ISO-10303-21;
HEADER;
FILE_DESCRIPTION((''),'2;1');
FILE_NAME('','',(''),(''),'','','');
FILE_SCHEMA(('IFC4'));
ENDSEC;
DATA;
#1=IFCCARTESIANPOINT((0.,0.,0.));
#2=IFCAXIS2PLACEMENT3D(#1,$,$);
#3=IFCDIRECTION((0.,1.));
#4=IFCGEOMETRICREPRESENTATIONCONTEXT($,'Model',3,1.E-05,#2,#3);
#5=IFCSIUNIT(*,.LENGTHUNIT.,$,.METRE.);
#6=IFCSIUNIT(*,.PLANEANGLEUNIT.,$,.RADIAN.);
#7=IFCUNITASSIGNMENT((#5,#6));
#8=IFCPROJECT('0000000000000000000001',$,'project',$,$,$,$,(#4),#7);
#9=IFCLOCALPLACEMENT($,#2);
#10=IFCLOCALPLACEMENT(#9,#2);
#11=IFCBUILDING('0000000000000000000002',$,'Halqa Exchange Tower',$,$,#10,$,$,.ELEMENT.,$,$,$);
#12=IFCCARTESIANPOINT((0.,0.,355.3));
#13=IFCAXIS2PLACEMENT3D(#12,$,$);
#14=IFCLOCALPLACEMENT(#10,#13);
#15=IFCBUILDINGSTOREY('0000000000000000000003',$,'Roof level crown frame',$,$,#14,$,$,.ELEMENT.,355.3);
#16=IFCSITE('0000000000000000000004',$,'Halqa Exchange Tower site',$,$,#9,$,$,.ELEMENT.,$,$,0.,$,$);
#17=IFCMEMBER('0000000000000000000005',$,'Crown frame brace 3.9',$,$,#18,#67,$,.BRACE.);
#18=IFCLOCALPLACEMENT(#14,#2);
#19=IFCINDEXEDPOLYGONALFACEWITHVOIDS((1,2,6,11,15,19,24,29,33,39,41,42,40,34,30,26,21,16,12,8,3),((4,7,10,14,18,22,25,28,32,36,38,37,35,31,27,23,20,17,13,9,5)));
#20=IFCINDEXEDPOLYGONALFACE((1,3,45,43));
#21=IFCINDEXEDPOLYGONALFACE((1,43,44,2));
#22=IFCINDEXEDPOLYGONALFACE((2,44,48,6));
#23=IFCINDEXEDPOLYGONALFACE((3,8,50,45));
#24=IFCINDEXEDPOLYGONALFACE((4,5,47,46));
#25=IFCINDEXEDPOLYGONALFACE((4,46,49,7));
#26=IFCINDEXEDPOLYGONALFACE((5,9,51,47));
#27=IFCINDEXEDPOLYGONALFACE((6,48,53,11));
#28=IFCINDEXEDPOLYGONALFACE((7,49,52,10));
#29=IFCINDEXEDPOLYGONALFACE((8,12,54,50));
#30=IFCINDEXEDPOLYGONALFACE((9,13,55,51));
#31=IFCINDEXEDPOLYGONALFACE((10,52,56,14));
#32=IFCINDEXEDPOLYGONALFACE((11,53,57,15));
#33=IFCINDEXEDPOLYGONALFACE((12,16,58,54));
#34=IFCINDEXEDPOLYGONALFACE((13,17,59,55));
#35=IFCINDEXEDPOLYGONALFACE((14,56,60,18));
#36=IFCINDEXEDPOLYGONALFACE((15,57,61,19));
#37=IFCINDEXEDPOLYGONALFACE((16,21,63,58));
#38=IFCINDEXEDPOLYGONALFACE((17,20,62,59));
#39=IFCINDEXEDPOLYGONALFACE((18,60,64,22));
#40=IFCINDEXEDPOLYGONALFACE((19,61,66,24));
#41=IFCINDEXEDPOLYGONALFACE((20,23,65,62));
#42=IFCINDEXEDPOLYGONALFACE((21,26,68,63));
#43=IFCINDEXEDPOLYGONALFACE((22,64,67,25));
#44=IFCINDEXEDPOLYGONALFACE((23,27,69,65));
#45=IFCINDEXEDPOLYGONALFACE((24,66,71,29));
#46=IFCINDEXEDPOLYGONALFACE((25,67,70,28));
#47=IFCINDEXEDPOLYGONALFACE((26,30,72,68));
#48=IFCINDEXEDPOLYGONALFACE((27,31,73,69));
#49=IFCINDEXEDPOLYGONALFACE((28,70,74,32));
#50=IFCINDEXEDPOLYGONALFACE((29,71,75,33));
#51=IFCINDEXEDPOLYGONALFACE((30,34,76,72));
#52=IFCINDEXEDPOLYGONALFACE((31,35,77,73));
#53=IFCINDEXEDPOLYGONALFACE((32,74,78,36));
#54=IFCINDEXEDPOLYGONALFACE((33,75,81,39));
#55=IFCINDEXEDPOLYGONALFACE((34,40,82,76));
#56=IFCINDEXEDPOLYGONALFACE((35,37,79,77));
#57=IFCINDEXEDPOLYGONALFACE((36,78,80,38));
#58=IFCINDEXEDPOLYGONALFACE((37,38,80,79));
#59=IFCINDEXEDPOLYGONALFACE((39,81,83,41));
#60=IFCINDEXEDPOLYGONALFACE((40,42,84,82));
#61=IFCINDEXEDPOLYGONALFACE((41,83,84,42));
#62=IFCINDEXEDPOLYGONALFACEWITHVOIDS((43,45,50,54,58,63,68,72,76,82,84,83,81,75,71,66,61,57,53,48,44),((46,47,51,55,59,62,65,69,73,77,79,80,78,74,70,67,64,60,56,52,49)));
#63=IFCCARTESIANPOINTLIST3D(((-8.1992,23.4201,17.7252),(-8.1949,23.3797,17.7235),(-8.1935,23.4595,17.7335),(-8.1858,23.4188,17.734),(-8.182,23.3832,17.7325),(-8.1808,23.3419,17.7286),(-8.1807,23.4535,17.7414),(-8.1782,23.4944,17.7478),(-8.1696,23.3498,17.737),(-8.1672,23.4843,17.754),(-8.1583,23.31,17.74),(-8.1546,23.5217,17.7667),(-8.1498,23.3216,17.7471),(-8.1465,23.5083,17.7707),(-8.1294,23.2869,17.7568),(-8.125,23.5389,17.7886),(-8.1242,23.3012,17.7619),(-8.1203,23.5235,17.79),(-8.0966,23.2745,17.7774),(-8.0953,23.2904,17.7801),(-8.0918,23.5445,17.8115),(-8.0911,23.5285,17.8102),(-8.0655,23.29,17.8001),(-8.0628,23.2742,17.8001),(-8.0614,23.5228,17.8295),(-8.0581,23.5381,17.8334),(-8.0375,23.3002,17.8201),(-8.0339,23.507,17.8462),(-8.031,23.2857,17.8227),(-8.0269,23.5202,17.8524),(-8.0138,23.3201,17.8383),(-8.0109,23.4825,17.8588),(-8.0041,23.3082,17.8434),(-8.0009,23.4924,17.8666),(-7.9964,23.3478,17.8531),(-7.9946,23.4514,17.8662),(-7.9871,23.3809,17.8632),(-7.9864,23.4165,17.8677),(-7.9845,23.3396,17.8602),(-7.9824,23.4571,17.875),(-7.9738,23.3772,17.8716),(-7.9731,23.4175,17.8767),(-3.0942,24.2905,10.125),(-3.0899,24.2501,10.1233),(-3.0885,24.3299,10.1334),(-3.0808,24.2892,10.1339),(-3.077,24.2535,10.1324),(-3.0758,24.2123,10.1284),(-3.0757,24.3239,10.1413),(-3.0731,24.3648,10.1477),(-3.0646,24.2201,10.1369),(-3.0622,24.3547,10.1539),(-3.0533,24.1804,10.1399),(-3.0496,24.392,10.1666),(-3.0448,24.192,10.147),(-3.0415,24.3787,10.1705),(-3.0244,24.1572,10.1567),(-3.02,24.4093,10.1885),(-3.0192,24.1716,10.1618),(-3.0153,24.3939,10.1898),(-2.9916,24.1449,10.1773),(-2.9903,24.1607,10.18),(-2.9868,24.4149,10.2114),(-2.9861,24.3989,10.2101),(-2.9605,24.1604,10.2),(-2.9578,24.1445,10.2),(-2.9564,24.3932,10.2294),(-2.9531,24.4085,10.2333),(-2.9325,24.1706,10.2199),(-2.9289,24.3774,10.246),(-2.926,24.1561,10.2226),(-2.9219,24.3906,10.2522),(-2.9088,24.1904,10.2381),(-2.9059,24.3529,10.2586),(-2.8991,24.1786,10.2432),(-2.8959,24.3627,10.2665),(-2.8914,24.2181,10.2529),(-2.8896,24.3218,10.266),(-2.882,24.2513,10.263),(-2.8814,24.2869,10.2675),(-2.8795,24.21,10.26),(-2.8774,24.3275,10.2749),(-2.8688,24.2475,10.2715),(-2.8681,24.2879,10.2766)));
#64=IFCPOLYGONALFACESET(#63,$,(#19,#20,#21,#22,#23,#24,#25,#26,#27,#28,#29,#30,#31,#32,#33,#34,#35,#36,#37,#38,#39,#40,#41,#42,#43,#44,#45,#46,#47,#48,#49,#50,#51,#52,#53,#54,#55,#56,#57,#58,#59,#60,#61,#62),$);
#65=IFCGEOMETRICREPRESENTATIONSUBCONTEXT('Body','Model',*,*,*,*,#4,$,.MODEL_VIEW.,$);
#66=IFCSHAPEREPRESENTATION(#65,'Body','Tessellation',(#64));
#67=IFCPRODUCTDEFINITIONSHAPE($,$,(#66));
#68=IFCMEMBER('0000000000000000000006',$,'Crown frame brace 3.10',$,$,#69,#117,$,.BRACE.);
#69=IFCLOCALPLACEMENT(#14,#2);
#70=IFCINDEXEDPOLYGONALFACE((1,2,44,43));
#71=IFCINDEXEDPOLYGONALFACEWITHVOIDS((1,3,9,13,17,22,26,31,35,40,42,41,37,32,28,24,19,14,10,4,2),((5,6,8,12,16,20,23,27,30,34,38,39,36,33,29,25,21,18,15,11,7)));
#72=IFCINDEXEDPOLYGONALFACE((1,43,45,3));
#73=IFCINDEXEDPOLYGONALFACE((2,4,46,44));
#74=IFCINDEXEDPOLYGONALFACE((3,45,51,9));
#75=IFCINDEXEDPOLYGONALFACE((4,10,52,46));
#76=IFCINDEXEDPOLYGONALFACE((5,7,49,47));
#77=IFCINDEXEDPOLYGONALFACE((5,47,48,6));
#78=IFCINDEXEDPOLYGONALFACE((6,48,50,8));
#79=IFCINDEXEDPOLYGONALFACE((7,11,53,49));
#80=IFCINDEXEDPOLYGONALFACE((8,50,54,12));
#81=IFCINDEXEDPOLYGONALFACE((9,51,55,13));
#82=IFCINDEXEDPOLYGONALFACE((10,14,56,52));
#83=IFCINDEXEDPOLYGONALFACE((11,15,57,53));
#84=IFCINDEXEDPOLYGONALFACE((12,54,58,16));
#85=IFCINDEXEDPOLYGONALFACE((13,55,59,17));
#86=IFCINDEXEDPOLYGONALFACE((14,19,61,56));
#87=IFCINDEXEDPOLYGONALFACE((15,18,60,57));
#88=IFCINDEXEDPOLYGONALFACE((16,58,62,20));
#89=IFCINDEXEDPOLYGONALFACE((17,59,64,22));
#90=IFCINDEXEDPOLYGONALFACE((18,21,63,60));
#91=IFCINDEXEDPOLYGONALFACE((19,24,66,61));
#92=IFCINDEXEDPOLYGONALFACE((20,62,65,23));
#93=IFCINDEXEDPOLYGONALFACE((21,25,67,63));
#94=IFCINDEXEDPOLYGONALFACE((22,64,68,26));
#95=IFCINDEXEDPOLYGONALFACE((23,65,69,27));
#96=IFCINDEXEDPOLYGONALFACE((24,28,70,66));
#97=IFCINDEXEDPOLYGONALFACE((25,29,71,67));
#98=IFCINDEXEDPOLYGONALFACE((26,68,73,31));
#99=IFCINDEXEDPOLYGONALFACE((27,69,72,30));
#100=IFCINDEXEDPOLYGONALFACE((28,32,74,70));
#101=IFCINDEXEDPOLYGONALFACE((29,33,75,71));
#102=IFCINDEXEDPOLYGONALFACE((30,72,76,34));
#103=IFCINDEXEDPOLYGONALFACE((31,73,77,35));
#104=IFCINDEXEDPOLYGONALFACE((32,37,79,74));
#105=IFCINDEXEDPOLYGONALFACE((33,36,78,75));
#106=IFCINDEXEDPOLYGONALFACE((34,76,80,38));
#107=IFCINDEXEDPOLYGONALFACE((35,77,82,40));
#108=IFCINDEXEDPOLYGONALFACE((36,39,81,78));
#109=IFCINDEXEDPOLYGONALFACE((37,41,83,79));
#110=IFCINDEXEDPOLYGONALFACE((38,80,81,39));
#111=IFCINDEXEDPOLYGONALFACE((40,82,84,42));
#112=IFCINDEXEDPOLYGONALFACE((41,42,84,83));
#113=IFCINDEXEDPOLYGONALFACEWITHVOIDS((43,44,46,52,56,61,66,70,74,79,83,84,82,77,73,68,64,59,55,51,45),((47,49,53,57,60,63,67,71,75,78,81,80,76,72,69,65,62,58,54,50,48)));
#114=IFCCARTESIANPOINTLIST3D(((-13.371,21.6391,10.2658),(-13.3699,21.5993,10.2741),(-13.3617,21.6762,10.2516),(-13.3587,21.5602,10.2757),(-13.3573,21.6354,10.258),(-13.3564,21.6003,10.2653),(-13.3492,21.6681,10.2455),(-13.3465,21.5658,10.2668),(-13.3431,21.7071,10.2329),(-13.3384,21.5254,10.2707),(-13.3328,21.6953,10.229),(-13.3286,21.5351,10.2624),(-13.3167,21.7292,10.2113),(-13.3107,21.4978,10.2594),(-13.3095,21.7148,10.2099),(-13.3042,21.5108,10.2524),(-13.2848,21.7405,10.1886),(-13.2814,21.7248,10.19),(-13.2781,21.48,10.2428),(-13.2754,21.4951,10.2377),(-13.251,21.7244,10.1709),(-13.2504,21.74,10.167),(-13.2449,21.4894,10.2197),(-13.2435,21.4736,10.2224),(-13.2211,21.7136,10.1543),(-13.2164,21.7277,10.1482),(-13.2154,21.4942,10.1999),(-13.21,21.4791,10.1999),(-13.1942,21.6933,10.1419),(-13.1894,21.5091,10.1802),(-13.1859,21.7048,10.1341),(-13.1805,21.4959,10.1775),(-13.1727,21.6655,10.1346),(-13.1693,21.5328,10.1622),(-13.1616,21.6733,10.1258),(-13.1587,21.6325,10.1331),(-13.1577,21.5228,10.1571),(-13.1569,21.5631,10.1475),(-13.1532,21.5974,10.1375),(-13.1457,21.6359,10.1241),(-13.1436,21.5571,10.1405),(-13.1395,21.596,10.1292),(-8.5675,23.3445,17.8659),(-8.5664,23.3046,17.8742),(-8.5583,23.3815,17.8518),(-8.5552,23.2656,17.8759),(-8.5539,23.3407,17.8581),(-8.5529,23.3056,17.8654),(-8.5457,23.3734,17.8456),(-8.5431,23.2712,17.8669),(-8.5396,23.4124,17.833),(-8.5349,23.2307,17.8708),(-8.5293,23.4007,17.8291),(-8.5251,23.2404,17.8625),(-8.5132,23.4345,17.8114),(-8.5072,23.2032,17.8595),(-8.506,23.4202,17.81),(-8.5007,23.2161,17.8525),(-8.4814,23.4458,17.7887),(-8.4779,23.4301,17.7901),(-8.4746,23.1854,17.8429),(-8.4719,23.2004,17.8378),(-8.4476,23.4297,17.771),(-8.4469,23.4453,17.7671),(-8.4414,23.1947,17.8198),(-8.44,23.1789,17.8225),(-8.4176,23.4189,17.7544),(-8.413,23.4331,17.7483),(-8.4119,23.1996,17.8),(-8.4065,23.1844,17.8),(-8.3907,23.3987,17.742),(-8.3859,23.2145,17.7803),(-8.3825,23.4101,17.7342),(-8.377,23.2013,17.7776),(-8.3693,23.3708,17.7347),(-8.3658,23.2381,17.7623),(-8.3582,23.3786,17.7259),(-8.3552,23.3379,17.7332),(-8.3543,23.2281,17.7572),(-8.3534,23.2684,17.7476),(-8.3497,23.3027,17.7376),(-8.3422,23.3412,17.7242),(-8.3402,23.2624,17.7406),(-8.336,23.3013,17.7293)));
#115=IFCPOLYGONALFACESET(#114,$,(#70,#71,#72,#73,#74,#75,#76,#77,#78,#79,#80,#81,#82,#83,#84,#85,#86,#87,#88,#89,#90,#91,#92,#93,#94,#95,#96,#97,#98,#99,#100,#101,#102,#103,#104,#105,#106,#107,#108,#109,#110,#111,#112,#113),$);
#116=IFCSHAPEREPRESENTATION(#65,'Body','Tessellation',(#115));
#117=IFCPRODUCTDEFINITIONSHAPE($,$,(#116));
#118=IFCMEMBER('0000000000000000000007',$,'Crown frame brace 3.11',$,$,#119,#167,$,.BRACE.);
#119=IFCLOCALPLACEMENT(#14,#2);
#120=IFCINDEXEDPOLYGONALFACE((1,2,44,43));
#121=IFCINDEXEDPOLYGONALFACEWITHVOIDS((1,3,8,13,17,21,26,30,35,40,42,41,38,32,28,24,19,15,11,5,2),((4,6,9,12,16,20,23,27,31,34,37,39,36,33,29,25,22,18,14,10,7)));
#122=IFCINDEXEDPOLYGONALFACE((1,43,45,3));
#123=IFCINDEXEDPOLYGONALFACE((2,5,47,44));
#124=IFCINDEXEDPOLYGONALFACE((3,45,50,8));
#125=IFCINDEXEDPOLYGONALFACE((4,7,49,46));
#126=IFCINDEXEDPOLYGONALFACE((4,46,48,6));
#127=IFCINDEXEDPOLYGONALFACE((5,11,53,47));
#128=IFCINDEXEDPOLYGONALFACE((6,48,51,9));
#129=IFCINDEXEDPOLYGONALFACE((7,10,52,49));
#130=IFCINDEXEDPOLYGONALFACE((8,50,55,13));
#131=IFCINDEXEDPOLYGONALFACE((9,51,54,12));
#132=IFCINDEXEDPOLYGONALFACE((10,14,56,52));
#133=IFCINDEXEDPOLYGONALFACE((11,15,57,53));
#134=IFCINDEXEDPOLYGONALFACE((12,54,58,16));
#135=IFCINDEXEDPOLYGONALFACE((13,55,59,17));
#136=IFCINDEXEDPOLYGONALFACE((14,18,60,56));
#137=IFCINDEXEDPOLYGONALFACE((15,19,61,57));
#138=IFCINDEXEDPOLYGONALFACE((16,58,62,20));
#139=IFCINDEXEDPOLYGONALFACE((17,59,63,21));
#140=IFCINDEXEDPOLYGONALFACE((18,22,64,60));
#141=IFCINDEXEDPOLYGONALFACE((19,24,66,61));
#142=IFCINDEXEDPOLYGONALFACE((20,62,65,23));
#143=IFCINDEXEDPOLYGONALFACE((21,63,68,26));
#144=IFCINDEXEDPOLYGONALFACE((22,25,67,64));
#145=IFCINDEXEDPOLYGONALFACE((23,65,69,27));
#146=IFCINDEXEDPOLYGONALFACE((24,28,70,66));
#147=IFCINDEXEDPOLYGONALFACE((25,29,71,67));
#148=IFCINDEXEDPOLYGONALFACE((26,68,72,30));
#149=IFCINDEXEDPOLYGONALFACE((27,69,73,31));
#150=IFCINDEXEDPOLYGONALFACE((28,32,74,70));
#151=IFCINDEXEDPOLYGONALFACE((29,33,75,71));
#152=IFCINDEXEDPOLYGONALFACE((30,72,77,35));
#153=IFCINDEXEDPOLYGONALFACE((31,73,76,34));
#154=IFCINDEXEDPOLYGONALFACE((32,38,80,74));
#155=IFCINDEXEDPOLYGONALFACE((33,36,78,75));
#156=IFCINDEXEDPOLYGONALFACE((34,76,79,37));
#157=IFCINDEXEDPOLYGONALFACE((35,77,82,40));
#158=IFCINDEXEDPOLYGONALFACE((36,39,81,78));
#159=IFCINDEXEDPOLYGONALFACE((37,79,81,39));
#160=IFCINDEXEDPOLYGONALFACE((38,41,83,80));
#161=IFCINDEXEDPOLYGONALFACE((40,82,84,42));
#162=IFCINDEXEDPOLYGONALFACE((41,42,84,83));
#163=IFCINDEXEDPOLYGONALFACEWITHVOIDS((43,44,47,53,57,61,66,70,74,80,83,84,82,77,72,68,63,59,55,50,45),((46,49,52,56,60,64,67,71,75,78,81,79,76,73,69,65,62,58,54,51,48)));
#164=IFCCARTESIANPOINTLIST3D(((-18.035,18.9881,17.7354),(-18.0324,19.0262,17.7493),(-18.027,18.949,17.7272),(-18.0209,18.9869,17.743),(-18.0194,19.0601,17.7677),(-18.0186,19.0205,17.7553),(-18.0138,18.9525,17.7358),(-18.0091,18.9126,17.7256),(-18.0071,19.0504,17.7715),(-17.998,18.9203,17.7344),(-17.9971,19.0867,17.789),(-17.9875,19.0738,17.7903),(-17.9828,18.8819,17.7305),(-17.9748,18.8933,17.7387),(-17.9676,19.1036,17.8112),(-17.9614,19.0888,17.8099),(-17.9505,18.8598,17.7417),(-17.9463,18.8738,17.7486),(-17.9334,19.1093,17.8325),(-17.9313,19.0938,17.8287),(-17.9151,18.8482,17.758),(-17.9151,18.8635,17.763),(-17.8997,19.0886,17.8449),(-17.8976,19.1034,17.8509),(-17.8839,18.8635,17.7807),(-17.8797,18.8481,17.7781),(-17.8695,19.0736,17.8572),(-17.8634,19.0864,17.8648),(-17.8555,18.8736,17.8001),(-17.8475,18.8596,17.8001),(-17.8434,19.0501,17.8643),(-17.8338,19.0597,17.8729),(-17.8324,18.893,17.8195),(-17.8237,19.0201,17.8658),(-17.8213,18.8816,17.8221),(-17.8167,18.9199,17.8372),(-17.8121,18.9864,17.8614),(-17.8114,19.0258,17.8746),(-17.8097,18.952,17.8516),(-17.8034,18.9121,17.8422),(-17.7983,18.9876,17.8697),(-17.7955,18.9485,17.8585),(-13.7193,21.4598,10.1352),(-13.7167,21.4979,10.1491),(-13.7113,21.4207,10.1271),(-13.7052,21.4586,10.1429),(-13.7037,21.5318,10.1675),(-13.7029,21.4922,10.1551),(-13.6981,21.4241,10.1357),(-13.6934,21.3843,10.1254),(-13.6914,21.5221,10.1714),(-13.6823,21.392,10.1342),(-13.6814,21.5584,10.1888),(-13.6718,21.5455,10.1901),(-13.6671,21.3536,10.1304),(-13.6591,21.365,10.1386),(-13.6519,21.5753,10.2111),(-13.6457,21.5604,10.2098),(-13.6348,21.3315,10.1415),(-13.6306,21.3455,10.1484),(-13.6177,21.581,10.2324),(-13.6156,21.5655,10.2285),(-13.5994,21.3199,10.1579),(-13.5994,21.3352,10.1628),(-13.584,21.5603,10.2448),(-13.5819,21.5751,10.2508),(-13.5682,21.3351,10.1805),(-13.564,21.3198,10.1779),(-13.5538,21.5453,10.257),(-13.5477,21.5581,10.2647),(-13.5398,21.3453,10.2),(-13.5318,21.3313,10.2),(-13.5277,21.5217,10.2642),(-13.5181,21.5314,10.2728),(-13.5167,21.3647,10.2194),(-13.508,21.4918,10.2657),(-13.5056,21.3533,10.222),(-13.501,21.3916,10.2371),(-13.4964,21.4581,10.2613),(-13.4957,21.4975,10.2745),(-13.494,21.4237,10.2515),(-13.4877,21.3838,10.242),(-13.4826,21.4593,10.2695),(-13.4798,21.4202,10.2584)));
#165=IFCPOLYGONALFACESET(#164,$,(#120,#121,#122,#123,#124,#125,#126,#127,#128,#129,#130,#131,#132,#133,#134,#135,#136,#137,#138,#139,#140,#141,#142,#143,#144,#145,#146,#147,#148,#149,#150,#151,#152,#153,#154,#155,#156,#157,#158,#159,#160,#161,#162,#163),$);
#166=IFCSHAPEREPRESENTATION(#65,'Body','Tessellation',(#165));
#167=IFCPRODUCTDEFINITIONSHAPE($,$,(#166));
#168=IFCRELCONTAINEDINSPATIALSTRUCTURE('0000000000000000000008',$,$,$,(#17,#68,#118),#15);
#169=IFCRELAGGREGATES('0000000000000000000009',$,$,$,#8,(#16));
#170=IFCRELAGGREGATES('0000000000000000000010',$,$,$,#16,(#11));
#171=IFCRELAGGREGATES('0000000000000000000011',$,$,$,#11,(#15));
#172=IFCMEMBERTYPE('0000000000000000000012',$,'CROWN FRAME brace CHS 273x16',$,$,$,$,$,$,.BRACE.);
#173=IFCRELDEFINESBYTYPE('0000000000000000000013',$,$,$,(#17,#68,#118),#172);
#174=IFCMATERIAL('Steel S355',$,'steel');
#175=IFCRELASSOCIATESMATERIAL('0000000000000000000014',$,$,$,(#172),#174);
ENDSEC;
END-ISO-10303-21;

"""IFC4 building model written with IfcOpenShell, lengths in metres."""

from ifc_helpers import new_model, si_unit, direction, frame, origin, origin_2d, place, context, subcontext, project, spatial, hollow_circle, extrude, material, material_profile, profile_set, type_object, element, save


model = new_model("IFC4")

# Units and contexts
model_context = context("Model", 3, precision=1e-05, world=origin(), true_north=direction((0.0, 1.0)))
body_context = subcontext(model_context, "Body", "Model", "MODEL_VIEW")
ifc_project = project(units=[si_unit("LENGTHUNIT", "METRE"), si_unit("PLANEANGLEUNIT", "RADIAN")], contexts=[model_context])

# Site, building, storey
site_placement = place(None, origin())
site = spatial("IfcSite", under=ifc_project, at=site_placement, Name="Halqa Exchange Tower site", CompositionType="ELEMENT", RefElevation=0.0)
building_placement = place(site_placement, origin())
building = spatial("IfcBuilding", under=site, at=building_placement, Name="Halqa Exchange Tower", CompositionType="ELEMENT")
storey_placement = place(building_placement, frame((0.0, 0.0, 355.3)))
storey = spatial("IfcBuildingStorey", under=building, at=storey_placement, Name="Roof level crown frame", CompositionType="ELEMENT", Elevation=355.3)

# Members
ifc_material_1 = material(Name="Steel S355", Category="steel")
ifc_material_profile_1 = material_profile(ifc_material_1, hollow_circle(Radius=0.1365, WallThickness=0.0161, at=origin_2d()), Name="CHS 273x16")
ifc_profile_set_1 = profile_set([ifc_material_profile_1], Name="Steel S355")
member_type = type_object("IfcMemberType", Name="CROWN FRAME brace CHS 273x16", PredefinedType="BRACE", material=ifc_profile_set_1)
member_1_placement = place(storey_placement, frame((-2.9807, 24.2791, 10.2), z_axis=(-0.555086, -0.094638, 0.826391), x_axis=(0.168067, -0.985776, 0.0)))
element("IfcMember", 1, at=member_1_placement, inside=storey, type_object=member_type, Name="Crown frame brace 3.9", PredefinedType="BRACE", context=body_context, shape_type="SweptSolid", body=[
    extrude(hollow_circle(Radius=0.1365, WallThickness=0.0161, at=origin_2d()), origin(), (0.0, 0.0, 1.0), 9.1968),
])
member_2_placement = place(storey_placement, frame((-8.4521, 23.313, 17.8), z_axis=(-0.524905, -0.186351, -0.830511), x_axis=(0.334561, -0.942374, 0.0)))
element("IfcMember", 2, at=member_2_placement, inside=storey, type_object=member_type, Name="Crown frame brace 3.10", PredefinedType="BRACE", context=body_context, shape_type="SweptSolid", body=[
    extrude(hollow_circle(Radius=0.1365, WallThickness=0.0161, at=origin_2d()), origin(), (0.0, 0.0, 1.0), 9.1511),
])
member_3_placement = place(storey_placement, frame((-13.5996, 21.4497, 10.2), z_axis=(-0.475152, -0.27213, 0.836765), x_axis=(0.496985, -0.867759, 0.0)))
element("IfcMember", 3, at=member_3_placement, inside=storey, type_object=member_type, Name="Crown frame brace 3.11", PredefinedType="BRACE", context=body_context, shape_type="SweptSolid", body=[
    extrude(hollow_circle(Radius=0.1365, WallThickness=0.0161, at=origin_2d()), origin(), (0.0, 0.0, 1.0), 9.0828),
])

save(model, "model.ifc")
